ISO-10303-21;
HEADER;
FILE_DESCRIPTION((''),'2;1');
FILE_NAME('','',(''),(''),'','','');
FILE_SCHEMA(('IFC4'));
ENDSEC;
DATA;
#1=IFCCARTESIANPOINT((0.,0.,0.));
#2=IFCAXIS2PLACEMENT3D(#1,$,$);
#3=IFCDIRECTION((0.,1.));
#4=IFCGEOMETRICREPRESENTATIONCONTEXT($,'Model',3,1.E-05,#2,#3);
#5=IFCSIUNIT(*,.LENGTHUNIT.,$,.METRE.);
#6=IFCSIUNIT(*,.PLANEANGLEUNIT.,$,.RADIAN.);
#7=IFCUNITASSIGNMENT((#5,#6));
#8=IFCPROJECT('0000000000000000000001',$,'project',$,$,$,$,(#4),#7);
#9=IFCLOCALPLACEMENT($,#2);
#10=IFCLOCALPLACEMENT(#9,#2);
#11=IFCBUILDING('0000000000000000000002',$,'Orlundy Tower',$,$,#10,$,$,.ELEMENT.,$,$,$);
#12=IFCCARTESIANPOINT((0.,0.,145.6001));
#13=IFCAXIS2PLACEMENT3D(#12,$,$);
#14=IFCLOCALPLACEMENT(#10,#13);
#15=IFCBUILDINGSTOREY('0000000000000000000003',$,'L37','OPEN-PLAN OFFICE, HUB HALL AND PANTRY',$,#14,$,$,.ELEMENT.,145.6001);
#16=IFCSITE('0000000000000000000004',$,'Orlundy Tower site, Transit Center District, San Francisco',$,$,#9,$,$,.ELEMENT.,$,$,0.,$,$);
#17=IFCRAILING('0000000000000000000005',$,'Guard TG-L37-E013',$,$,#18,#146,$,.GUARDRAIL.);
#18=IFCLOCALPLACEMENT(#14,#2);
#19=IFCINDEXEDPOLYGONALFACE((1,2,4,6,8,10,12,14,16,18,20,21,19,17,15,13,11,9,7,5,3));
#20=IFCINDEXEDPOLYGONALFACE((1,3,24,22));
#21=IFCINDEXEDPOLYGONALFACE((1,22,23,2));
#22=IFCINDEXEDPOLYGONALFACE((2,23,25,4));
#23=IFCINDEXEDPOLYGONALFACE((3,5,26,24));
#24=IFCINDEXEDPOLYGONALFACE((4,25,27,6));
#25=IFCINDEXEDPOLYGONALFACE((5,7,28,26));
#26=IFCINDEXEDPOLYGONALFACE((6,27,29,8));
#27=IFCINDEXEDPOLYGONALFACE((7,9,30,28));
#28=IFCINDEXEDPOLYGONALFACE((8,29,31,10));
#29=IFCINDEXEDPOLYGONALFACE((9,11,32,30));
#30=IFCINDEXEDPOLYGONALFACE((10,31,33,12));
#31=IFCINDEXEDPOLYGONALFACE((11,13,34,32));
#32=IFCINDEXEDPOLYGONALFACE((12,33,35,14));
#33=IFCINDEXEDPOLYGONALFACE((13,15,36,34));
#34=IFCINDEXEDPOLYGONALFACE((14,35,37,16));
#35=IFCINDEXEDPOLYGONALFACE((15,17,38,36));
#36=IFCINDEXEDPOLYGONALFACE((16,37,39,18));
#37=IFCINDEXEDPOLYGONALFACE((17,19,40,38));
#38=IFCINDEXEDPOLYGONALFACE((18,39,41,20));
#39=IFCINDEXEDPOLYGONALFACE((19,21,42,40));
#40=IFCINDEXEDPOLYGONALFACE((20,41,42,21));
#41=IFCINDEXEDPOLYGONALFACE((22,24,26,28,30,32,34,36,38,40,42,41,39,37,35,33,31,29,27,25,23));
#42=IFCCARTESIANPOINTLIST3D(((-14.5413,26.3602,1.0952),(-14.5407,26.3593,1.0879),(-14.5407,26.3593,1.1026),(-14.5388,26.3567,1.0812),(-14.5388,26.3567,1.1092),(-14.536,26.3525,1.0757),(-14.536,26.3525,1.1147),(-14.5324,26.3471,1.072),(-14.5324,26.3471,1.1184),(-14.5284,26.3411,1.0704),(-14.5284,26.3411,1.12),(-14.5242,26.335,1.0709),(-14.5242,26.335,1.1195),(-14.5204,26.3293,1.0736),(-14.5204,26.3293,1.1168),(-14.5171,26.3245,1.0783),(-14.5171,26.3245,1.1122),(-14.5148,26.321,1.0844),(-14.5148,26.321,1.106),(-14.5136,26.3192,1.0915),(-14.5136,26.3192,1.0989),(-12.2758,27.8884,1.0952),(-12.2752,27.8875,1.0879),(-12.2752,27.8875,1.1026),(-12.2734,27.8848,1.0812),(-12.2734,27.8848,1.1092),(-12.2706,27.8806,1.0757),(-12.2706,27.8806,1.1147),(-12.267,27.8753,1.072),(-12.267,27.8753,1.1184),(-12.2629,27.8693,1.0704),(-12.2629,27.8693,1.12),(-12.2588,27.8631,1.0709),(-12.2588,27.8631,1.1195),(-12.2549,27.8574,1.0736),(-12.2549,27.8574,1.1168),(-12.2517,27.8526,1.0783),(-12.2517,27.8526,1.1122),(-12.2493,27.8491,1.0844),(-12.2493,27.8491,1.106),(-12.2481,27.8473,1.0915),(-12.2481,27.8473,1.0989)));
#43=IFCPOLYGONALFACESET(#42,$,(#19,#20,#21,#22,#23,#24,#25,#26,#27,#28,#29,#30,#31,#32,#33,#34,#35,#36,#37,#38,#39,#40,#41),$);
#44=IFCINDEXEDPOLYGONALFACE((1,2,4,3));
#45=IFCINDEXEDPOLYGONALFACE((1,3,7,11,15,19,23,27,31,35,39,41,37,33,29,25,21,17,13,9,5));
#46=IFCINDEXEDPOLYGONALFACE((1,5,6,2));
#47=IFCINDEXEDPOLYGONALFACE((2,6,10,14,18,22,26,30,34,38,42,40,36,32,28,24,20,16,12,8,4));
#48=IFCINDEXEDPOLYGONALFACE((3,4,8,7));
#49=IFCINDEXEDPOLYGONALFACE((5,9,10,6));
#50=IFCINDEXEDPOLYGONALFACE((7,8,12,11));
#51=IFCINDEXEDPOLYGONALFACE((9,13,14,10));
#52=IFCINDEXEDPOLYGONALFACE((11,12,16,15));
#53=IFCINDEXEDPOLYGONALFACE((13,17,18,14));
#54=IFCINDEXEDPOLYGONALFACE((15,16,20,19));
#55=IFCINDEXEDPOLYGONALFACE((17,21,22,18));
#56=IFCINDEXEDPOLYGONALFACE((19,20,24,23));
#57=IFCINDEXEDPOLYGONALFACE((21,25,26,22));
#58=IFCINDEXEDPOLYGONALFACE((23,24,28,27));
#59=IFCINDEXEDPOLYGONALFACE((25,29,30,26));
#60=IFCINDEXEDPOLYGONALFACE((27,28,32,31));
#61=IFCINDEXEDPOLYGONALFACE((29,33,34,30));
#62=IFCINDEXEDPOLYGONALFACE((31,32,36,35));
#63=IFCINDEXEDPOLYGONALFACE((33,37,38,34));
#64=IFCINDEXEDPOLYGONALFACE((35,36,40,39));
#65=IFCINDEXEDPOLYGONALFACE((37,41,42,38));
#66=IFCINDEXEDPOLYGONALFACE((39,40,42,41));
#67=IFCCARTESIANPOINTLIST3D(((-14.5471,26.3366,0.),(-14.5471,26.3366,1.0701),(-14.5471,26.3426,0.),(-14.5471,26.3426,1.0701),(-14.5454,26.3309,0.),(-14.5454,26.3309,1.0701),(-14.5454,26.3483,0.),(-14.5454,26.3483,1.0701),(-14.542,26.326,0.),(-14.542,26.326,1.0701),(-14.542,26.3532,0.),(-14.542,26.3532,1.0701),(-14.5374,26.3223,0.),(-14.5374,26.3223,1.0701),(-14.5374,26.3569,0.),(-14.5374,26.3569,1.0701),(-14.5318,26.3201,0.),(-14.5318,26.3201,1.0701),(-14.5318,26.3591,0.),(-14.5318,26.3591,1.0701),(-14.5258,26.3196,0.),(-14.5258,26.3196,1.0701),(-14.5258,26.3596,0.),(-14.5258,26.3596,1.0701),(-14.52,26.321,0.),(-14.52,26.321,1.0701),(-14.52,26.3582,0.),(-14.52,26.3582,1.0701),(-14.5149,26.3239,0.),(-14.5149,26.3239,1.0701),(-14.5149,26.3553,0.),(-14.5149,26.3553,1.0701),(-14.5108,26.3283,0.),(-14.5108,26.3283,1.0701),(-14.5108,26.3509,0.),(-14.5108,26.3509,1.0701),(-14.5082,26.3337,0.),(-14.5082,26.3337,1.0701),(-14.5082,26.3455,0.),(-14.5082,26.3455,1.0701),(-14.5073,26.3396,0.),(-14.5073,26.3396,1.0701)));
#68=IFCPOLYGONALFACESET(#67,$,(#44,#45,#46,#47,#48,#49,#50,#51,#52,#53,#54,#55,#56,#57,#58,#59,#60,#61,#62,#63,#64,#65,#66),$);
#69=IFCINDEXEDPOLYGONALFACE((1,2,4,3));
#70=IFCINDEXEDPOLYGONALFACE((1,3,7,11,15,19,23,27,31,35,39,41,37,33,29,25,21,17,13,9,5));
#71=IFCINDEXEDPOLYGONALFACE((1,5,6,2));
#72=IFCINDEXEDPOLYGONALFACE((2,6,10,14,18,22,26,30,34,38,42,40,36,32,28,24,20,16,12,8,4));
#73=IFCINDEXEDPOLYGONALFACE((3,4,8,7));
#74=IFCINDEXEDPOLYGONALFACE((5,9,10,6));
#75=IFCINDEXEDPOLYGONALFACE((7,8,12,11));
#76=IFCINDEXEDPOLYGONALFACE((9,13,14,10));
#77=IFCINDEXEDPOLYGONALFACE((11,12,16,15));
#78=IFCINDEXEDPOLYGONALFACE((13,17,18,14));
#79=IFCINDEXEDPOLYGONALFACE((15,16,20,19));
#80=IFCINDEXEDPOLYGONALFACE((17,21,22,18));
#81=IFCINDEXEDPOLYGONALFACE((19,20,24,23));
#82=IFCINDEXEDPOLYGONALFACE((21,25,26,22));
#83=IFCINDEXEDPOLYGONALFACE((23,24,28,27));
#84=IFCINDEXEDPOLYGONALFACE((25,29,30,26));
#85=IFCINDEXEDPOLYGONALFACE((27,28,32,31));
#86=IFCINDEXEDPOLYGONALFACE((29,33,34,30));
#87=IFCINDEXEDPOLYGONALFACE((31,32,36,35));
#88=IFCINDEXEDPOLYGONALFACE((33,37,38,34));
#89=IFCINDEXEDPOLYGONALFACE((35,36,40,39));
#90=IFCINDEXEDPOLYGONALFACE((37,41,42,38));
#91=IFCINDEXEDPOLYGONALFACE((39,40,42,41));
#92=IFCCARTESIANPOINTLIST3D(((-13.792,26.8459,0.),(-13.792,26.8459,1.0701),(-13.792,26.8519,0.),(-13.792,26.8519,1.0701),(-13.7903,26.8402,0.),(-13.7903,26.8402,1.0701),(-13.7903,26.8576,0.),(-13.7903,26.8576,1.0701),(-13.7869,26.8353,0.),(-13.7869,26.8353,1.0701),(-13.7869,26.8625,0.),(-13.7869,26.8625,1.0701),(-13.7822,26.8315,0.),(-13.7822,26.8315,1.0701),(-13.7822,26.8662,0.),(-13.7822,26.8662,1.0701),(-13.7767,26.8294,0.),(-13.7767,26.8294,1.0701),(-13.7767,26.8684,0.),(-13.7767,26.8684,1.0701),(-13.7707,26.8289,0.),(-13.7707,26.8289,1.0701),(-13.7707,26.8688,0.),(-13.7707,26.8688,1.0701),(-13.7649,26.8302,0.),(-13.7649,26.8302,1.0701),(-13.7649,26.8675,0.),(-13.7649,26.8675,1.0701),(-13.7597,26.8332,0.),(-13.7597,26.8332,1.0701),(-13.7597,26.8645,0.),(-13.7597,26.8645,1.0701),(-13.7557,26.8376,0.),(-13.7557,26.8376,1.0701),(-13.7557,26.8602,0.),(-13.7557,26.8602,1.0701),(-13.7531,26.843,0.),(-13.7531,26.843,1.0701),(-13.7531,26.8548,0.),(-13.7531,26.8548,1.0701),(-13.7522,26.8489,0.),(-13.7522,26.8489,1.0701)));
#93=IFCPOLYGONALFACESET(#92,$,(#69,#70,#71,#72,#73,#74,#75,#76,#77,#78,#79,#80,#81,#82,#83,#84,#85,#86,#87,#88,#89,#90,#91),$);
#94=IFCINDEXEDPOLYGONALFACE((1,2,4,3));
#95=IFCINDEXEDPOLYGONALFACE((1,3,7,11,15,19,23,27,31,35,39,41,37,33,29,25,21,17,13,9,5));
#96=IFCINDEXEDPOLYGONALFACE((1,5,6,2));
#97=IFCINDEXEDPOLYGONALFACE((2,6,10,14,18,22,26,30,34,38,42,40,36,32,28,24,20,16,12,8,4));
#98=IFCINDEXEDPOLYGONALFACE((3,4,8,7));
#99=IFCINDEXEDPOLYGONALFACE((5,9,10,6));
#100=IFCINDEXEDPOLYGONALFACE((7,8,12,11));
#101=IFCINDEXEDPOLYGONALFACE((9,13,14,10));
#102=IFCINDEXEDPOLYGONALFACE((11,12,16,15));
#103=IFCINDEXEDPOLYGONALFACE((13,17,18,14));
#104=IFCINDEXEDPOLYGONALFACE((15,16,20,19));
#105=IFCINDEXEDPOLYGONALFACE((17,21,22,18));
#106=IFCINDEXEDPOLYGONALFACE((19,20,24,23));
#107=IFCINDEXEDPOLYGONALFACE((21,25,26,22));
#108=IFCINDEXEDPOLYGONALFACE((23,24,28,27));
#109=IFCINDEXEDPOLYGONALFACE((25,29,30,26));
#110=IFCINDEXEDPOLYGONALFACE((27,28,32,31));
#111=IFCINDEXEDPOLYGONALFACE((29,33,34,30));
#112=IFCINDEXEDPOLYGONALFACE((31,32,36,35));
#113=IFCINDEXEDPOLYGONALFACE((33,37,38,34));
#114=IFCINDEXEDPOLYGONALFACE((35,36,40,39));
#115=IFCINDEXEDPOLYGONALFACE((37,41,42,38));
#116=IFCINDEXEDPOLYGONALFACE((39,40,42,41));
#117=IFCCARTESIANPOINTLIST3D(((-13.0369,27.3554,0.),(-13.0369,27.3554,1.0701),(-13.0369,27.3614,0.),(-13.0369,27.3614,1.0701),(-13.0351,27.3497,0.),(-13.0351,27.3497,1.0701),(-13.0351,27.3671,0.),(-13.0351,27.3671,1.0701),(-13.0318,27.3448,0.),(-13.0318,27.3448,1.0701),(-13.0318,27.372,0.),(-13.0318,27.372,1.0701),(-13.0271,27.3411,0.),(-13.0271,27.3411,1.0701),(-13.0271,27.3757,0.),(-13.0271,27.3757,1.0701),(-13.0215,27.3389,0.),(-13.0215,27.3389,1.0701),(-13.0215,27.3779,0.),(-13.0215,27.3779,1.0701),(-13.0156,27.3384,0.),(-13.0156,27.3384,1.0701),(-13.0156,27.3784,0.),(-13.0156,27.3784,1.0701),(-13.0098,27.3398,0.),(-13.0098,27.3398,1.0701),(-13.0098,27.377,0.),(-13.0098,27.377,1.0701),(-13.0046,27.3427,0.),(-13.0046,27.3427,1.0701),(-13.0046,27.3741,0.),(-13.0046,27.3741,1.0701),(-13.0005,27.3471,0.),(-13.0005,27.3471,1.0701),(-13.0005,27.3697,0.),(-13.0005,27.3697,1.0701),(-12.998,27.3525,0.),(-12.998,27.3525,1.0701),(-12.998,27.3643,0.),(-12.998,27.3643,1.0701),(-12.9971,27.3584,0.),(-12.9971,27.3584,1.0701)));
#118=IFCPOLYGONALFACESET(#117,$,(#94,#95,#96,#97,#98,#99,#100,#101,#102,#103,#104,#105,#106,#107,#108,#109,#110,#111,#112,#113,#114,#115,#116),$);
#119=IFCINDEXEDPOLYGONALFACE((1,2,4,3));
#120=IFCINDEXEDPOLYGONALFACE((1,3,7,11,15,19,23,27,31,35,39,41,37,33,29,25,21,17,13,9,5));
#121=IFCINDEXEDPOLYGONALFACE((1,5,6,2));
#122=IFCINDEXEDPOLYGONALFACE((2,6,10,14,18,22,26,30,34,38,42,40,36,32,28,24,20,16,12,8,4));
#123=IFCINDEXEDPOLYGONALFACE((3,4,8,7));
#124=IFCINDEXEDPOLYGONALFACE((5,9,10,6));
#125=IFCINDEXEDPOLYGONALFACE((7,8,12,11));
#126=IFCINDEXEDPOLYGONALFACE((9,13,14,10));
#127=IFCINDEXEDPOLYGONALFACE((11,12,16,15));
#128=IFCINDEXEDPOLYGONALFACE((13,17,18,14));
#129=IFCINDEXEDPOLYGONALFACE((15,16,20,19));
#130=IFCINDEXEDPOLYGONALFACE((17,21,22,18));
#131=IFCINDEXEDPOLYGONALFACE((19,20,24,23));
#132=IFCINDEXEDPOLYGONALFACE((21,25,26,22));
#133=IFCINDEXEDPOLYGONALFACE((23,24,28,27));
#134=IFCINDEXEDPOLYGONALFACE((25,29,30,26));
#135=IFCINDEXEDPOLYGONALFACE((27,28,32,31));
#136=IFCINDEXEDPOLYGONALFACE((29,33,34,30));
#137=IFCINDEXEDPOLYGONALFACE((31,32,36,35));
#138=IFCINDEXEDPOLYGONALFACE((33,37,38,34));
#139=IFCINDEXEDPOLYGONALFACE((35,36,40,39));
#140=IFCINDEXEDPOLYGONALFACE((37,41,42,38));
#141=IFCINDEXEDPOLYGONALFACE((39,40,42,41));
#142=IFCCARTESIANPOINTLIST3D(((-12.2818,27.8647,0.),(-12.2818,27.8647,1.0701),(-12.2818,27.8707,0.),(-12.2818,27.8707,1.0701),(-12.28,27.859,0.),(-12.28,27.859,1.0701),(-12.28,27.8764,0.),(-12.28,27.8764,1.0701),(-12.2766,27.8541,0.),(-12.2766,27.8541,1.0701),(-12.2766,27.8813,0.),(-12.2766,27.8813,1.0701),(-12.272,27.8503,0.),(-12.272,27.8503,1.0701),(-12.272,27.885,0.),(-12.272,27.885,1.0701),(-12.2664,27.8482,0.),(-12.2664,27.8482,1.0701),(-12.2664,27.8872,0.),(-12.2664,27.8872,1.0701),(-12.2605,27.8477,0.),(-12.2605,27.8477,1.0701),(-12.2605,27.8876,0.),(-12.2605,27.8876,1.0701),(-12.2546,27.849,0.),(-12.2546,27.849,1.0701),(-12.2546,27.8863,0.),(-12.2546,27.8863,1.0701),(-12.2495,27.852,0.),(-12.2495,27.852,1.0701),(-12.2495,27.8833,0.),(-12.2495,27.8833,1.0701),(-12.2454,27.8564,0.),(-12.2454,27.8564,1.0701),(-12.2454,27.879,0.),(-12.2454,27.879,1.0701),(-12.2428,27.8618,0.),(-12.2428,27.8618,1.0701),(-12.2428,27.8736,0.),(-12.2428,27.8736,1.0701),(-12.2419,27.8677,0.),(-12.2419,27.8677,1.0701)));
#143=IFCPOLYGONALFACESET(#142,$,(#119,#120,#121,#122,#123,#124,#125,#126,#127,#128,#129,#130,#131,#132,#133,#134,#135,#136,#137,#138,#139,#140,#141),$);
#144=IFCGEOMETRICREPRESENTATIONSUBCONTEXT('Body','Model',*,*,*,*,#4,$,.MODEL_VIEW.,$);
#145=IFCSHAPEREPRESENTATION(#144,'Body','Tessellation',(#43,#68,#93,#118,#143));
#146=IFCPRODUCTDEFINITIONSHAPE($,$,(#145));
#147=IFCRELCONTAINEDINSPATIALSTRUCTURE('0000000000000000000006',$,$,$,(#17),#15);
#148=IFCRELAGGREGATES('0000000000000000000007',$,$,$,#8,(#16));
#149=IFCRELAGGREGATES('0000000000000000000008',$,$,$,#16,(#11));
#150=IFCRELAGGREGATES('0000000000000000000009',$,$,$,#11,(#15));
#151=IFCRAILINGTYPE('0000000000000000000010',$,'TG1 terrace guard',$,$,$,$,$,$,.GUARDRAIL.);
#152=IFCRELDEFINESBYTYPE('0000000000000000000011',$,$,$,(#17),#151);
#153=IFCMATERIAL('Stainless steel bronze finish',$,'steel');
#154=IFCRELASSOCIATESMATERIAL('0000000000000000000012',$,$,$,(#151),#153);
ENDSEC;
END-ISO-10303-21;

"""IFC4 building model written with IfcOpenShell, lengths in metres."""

from ifc_helpers import new_model, si_unit, direction, frame, origin, origin_2d, place, context, subcontext, project, spatial, circle, extrude, material, type_object, element, save


model = new_model("IFC4")

# Units and contexts
model_context = context("Model", 3, precision=1e-05, world=origin(), true_north=direction((0.0, 1.0)))
body_context = subcontext(model_context, "Body", "Model", "MODEL_VIEW")
ifc_project = project(units=[si_unit("LENGTHUNIT", "METRE"), si_unit("PLANEANGLEUNIT", "RADIAN")], contexts=[model_context])

# Site, building, storey
site_placement = place(None, origin())
site = spatial("IfcSite", under=ifc_project, at=site_placement, Name="Orlundy Tower site, Transit Center District, San Francisco", CompositionType="ELEMENT", RefElevation=0.0)
building_placement = place(site_placement, origin())
building = spatial("IfcBuilding", under=site, at=building_placement, Name="Orlundy Tower", CompositionType="ELEMENT")
storey_placement = place(building_placement, frame((0.0, 0.0, 145.6001)))
storey = spatial("IfcBuildingStorey", under=building, at=storey_placement, Name="L37", Description="OPEN-PLAN OFFICE, HUB HALL AND PANTRY", CompositionType="ELEMENT", Elevation=145.6001)

# Railing
ifc_material_1 = material(Name="Stainless steel bronze finish", Category="steel")
railing_type_1 = type_object("IfcRailingType", Name="TG1 terrace guard", PredefinedType="GUARDRAIL", material=ifc_material_1)
railing_1_placement = place(storey_placement, frame((-14.5273, 26.3396, 0.0)))
element("IfcRailing", 1, at=railing_1_placement, inside=storey, type_object=railing_type_1, Name="Guard TG-L37-E013", PredefinedType="GUARDRAIL", context=body_context, shape_type="SweptSolid", body=[
    extrude(circle(Radius=0.0249, at=origin_2d()), frame((0.0, 0.0, 1.0952), z_axis=(0.829028, 0.559207, 0.0), x_axis=(-0.559207, 0.829028, 0.0)), (0.0, 0.0, 1.0), 2.7327),
    extrude(circle(Radius=0.02, at=origin_2d()), origin(), (0.0, 0.0, 1.0), 1.0701),
    extrude(circle(Radius=0.02, at=origin_2d()), frame((0.7551, 0.5093, 0.0)), (0.0, 0.0, 1.0), 1.0701),
    extrude(circle(Radius=0.02, at=origin_2d()), frame((1.5103, 1.0188, 0.0)), (0.0, 0.0, 1.0), 1.0701),
    extrude(circle(Radius=0.02, at=origin_2d()), frame((2.2654, 1.5281, 0.0)), (0.0, 0.0, 1.0), 1.0701),
])

save(model, "model.ifc")
